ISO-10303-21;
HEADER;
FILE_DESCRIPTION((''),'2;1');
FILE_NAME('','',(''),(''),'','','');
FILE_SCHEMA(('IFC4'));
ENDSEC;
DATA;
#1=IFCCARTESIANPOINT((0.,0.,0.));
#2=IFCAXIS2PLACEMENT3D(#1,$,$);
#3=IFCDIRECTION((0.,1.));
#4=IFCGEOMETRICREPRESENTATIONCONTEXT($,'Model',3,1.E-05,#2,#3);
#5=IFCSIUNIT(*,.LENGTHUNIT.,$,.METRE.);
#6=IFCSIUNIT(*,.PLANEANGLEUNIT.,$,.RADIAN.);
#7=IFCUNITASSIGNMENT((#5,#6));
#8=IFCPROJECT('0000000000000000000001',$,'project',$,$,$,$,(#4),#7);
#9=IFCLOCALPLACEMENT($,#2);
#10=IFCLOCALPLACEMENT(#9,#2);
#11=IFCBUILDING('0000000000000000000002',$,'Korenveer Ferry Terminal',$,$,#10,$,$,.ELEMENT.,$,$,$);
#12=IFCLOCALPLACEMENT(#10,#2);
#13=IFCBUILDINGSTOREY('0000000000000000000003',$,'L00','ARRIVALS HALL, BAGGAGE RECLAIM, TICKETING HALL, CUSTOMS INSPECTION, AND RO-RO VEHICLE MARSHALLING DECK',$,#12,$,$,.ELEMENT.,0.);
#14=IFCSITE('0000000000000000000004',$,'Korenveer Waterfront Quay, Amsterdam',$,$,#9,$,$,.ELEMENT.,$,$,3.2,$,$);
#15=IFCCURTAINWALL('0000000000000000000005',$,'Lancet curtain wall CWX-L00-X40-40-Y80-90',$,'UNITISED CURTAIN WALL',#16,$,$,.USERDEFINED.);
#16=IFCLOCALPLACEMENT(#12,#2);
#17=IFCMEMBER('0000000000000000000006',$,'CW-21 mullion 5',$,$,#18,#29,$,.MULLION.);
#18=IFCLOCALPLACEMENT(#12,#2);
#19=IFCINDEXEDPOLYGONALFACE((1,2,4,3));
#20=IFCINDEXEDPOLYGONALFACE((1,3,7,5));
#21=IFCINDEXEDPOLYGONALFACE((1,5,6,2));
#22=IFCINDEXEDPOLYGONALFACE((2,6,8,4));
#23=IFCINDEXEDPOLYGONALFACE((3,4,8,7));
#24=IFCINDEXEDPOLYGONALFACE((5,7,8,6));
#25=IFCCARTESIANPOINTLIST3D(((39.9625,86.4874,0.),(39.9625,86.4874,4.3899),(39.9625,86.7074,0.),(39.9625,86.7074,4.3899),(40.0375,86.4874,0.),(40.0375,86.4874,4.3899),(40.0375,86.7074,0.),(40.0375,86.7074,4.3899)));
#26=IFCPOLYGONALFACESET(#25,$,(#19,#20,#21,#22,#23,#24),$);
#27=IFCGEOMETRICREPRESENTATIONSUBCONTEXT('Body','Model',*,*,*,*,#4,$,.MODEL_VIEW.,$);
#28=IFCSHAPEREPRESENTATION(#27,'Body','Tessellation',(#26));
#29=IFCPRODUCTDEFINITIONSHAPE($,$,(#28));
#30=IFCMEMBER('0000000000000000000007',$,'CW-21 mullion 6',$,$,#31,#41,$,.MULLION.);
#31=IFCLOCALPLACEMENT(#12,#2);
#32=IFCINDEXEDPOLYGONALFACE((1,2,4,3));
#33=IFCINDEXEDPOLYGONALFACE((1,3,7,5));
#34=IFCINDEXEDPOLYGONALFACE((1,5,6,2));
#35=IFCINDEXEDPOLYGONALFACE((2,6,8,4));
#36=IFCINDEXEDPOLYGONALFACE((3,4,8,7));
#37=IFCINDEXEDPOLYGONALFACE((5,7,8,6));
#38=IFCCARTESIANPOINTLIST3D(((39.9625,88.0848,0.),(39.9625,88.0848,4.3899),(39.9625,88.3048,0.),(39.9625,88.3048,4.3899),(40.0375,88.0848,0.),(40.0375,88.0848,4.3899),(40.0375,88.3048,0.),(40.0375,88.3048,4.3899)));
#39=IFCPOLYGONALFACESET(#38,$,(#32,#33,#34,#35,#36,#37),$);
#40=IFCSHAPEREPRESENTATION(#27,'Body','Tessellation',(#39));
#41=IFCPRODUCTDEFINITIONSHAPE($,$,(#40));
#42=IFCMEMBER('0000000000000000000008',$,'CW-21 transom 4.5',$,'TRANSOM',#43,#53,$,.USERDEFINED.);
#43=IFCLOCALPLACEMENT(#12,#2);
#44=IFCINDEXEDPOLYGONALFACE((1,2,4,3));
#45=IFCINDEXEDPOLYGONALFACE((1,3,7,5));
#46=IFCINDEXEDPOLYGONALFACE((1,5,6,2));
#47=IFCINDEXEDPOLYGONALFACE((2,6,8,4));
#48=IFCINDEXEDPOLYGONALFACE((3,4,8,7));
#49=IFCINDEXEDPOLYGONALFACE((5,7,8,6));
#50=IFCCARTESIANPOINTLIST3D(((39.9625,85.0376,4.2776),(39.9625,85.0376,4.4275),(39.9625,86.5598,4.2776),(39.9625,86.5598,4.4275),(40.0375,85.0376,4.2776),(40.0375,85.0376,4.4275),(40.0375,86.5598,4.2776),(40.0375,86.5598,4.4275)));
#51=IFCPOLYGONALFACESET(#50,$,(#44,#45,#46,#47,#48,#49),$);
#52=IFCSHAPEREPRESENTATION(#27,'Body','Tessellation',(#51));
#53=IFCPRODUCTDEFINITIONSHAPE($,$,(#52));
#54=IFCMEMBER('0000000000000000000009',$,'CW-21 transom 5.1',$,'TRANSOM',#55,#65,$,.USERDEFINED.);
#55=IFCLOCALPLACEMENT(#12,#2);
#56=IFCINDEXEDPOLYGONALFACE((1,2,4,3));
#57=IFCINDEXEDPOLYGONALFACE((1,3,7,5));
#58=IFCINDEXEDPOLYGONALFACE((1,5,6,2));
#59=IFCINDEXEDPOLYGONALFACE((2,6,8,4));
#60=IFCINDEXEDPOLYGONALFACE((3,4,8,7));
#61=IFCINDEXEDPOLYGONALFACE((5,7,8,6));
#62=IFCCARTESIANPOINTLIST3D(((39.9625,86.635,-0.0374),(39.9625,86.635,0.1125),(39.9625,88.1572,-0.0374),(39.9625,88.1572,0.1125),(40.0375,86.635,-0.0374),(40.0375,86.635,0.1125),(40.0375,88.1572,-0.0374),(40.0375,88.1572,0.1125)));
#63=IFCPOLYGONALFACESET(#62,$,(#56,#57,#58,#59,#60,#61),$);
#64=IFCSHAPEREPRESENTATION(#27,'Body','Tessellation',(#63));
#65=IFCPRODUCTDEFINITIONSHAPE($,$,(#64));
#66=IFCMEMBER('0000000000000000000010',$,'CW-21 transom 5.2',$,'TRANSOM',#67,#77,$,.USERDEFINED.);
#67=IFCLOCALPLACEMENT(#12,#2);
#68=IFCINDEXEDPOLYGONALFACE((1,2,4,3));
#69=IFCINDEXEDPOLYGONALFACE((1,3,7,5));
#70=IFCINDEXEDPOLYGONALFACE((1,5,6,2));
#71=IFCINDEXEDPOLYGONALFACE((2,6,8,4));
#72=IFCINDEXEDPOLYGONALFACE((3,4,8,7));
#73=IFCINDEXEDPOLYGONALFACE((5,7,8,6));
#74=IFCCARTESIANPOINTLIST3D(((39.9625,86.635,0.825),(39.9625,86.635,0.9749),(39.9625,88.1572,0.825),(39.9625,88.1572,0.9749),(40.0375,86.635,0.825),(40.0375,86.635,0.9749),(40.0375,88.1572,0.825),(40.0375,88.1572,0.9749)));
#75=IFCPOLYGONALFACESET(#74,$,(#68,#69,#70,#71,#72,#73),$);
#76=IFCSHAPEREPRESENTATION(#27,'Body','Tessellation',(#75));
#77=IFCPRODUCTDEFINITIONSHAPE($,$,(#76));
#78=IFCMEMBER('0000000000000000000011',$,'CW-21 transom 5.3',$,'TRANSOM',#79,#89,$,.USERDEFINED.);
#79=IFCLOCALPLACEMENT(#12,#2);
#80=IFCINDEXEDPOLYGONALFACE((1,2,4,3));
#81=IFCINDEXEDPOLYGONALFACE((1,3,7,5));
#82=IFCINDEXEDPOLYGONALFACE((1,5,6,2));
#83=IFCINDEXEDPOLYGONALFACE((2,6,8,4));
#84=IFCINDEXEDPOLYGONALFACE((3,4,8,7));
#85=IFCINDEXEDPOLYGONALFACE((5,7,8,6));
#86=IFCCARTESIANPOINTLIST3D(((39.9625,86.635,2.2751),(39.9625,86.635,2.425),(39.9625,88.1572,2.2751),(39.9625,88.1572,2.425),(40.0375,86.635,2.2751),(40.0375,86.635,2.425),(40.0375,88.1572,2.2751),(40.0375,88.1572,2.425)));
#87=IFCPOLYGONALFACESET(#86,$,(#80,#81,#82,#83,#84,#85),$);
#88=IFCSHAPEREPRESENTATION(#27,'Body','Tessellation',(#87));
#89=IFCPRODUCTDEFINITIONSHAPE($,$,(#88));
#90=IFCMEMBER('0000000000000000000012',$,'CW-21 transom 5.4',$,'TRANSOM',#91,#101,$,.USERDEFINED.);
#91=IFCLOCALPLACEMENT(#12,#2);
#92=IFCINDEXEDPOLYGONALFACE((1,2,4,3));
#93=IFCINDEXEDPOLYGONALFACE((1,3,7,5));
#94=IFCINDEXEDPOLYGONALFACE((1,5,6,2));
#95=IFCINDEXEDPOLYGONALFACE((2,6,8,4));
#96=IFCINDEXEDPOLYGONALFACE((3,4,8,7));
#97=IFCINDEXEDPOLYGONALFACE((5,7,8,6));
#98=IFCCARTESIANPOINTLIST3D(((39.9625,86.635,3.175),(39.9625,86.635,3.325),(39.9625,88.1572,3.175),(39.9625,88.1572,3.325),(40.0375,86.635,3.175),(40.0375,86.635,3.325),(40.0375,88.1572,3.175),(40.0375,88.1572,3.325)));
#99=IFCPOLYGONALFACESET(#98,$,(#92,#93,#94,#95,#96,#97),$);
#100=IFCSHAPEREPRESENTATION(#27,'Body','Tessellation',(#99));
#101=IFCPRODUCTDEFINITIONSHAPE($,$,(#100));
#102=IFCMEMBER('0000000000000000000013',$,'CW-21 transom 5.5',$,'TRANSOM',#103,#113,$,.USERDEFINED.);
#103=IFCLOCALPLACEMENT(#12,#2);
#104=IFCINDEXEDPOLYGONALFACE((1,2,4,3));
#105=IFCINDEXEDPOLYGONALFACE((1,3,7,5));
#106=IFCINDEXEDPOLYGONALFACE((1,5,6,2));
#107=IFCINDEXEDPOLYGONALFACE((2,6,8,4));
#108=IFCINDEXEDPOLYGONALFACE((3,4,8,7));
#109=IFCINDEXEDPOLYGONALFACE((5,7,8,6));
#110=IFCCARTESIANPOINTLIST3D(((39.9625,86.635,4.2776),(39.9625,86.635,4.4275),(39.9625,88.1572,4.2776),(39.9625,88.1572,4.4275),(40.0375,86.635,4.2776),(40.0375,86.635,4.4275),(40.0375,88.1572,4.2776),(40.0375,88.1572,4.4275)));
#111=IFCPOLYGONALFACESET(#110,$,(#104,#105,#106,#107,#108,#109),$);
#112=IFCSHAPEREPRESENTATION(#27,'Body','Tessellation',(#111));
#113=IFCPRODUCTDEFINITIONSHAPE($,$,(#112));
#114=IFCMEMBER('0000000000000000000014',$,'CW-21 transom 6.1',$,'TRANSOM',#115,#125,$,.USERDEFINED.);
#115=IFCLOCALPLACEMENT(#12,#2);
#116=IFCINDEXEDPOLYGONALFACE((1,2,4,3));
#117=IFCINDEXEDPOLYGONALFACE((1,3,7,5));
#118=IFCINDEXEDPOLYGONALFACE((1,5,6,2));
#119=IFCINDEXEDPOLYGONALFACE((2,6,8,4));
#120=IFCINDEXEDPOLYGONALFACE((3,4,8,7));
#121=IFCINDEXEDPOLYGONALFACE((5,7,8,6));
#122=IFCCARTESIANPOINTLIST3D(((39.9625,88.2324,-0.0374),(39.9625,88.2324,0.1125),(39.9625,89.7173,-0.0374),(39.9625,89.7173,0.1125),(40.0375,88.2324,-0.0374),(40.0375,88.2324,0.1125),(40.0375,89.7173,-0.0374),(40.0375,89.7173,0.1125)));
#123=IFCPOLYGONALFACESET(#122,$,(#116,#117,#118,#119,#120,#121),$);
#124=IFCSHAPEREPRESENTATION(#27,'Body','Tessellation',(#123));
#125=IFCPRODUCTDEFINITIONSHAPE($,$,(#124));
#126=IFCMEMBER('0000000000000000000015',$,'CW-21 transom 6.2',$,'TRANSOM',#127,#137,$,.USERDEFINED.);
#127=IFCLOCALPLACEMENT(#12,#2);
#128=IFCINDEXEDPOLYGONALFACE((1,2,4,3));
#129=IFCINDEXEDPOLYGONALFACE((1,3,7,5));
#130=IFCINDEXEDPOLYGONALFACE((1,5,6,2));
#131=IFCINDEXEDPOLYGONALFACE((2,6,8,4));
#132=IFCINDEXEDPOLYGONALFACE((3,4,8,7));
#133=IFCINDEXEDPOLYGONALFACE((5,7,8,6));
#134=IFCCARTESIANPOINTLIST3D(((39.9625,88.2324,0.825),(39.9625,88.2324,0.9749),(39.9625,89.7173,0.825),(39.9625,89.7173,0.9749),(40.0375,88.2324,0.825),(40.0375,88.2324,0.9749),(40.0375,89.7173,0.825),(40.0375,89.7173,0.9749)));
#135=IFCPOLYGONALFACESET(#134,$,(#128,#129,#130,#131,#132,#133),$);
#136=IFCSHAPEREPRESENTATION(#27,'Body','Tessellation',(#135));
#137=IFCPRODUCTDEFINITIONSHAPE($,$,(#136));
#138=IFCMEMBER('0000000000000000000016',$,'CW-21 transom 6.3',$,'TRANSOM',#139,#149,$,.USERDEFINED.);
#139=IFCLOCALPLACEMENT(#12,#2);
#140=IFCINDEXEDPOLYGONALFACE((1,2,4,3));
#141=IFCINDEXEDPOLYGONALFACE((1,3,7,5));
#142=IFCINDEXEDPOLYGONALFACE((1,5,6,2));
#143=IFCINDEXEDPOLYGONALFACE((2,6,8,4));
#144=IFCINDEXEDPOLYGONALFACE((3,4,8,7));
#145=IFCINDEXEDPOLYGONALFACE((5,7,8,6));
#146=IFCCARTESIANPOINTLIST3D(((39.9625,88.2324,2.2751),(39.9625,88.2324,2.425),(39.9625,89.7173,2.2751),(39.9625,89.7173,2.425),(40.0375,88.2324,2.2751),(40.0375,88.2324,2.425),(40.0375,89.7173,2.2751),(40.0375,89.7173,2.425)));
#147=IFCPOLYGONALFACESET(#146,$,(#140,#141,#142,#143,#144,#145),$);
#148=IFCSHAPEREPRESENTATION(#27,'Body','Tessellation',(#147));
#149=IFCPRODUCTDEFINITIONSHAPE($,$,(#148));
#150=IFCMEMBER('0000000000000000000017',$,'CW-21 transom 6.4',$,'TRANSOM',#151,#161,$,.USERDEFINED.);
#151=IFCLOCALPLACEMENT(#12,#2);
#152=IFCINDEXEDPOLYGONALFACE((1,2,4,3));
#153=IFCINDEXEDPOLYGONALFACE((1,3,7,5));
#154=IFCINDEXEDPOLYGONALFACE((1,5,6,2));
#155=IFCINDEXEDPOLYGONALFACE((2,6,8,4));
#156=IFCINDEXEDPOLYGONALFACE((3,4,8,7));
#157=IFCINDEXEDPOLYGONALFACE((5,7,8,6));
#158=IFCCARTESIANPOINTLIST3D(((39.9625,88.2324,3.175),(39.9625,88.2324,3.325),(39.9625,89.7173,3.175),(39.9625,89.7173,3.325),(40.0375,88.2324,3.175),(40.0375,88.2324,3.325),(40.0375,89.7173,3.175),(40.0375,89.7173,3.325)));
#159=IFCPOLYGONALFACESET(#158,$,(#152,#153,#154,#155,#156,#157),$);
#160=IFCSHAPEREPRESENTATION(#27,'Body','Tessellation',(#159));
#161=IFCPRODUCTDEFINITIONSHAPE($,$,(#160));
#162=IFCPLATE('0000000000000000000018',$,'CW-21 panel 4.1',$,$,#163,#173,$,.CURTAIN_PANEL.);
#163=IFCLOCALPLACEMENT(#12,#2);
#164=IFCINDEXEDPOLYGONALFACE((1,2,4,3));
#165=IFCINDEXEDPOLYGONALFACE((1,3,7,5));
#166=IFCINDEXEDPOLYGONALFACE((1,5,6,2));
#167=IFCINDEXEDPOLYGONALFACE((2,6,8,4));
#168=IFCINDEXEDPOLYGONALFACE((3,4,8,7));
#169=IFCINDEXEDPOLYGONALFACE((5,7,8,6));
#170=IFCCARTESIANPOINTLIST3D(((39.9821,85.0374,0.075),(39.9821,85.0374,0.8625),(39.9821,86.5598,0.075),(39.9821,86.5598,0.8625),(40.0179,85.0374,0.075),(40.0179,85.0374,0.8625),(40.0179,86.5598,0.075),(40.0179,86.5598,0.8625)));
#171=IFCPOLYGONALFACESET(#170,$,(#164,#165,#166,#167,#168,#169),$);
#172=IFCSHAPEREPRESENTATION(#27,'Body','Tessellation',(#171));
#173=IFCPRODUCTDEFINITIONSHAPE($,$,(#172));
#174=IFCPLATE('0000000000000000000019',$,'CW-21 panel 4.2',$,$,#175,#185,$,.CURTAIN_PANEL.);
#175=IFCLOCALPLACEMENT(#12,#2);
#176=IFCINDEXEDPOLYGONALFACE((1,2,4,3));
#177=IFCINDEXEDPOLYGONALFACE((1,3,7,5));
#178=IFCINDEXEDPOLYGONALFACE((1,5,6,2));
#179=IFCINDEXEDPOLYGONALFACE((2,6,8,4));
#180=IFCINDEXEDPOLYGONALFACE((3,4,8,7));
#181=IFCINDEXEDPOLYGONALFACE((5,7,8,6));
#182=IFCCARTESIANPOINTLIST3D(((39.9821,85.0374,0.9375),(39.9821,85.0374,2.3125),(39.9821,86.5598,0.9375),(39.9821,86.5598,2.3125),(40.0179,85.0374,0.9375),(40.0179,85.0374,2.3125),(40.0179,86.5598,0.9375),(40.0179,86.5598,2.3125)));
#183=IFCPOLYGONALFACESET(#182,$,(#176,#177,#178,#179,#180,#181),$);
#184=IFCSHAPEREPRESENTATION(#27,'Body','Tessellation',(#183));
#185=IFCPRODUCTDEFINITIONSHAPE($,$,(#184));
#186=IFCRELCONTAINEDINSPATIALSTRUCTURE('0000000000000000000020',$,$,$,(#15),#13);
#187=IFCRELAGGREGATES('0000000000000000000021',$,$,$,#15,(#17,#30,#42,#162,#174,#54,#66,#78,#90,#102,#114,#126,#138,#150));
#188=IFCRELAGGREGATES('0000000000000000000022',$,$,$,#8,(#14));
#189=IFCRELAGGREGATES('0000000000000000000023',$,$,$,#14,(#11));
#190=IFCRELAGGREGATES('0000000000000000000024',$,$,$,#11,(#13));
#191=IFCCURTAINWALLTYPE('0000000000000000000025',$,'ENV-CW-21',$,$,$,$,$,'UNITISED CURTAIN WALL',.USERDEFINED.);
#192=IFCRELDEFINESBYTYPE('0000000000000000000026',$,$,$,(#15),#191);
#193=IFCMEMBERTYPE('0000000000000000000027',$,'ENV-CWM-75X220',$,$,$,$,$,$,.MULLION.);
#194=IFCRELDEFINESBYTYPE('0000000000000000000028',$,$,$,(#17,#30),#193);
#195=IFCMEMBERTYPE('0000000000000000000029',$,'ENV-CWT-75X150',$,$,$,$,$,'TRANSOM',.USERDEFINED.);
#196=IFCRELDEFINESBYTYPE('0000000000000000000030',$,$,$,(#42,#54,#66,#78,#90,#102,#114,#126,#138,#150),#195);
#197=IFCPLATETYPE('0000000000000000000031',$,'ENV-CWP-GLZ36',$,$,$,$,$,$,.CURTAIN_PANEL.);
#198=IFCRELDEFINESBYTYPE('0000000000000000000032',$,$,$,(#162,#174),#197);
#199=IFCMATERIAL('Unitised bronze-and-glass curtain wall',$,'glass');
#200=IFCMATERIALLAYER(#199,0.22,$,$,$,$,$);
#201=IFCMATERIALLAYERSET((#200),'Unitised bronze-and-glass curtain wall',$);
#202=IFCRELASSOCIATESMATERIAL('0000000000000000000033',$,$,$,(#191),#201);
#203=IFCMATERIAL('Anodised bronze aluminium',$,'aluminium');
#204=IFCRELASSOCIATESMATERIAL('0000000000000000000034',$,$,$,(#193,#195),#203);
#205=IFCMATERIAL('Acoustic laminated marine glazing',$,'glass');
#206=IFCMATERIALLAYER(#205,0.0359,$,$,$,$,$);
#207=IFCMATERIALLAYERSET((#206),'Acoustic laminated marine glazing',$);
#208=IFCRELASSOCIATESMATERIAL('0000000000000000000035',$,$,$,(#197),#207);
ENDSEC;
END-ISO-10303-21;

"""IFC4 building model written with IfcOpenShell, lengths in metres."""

from ifc_helpers import new_model, si_unit, direction, frame, origin, origin_2d, place, context, subcontext, project, spatial, rectangle, extrude, material, layer, layer_set, material_profile, profile_set, type_object, element, aggregate, save


model = new_model("IFC4")

# Units and contexts
model_context = context("Model", 3, precision=1e-05, world=origin(), true_north=direction((0.0, 1.0)))
body_context = subcontext(model_context, "Body", "Model", "MODEL_VIEW")
ifc_project = project(units=[si_unit("LENGTHUNIT", "METRE"), si_unit("PLANEANGLEUNIT", "RADIAN")], contexts=[model_context])

# Site, building, storey
site_placement = place(None, origin())
site = spatial("IfcSite", under=ifc_project, at=site_placement, Name="Korenveer Waterfront Quay, Amsterdam", CompositionType="ELEMENT", RefElevation=3.2)
building_placement = place(site_placement, origin())
building = spatial("IfcBuilding", under=site, at=building_placement, Name="Korenveer Ferry Terminal", CompositionType="ELEMENT")
storey_placement = place(building_placement, origin())
storey = spatial("IfcBuildingStorey", under=building, at=storey_placement, Name="L00", Description="ARRIVALS HALL, BAGGAGE RECLAIM, TICKETING HALL, CUSTOMS INSPECTION, AND RO-RO VEHICLE MARSHALLING DECK", CompositionType="ELEMENT", Elevation=0.0)

# Curtain wall, members, plates
ifc_material_1 = material(Name="Unitised bronze-and-glass curtain wall", Category="glass")
ifc_layer_1 = layer(ifc_material_1, 0.22)
ifc_layer_set_1 = layer_set([ifc_layer_1], Name="Unitised bronze-and-glass curtain wall")
curtain_wall_type = type_object("IfcCurtainWallType", Name="ENV-CW-21", ElementType="UNITISED CURTAIN WALL", PredefinedType="USERDEFINED", material=ifc_layer_set_1)
curtain_wall_placement = place(storey_placement, frame((40.0, 80.2078, 0.0)))
curtain_wall = element("IfcCurtainWall", 1, at=curtain_wall_placement, inside=storey, type_object=curtain_wall_type, Name="Lancet curtain wall CWX-L00-X40-40-Y80-90", ObjectType="UNITISED CURTAIN WALL", PredefinedType="USERDEFINED")
ifc_material_2 = material(Name="Anodised bronze aluminium", Category="aluminium")
ifc_material_profile_1 = material_profile(ifc_material_2, rectangle(XDim=0.075, YDim=0.22, at=origin_2d()), Name="ALU 75x220")
ifc_profile_set_1 = profile_set([ifc_material_profile_1], Name="Anodised bronze aluminium")
member_type_1 = type_object("IfcMemberType", Name="ENV-CWM-75X220", PredefinedType="MULLION", material=ifc_profile_set_1)
member_1_placement = place(storey_placement, frame((40.0, 86.5974, 0.0), z_axis=(0.0, 0.0, 1.0), x_axis=(-1.0, 0.0, 0.0)))
member_1 = element("IfcMember", 2, at=member_1_placement, type_object=member_type_1, Name="CW-21 mullion 5", PredefinedType="MULLION", context=body_context, shape_type="SweptSolid", body=[
    extrude(rectangle(XDim=0.075, YDim=0.22, at=origin_2d()), origin(), (0.0, 0.0, 1.0), 4.3899),
])
member_2_placement = place(storey_placement, frame((40.0, 88.1948, 0.0), z_axis=(0.0, 0.0, 1.0), x_axis=(-1.0, 0.0, 0.0)))
member_2 = element("IfcMember", 3, at=member_2_placement, type_object=member_type_1, Name="CW-21 mullion 6", PredefinedType="MULLION", context=body_context, shape_type="SweptSolid", body=[
    extrude(rectangle(XDim=0.075, YDim=0.22, at=origin_2d()), origin(), (0.0, 0.0, 1.0), 4.3899),
])
ifc_material_profile_2 = material_profile(ifc_material_2, rectangle(XDim=0.075, YDim=0.1499, at=origin_2d()), Name="ALU 75x150")
ifc_profile_set_2 = profile_set([ifc_material_profile_2], Name="Anodised bronze aluminium")
member_type_2 = type_object("IfcMemberType", Name="ENV-CWT-75X150", ElementType="TRANSOM", PredefinedType="USERDEFINED", material=ifc_profile_set_2)
member_3_placement = place(storey_placement, frame((40.0, 85.0376, 4.3525), z_axis=(0.0, 1.0, 0.0), x_axis=(-1.0, 0.0, 0.0)))
member_3 = element("IfcMember", 4, at=member_3_placement, type_object=member_type_2, Name="CW-21 transom 4.5", ObjectType="TRANSOM", PredefinedType="USERDEFINED", context=body_context, shape_type="SweptSolid", body=[
    extrude(rectangle(XDim=0.075, YDim=0.1499, at=origin_2d()), origin(), (0.0, 0.0, 1.0), 1.5222),
])
member_4_placement = place(storey_placement, frame((40.0, 86.635, 0.0376), z_axis=(0.0, 1.0, 0.0), x_axis=(-1.0, 0.0, 0.0)))
member_4 = element("IfcMember", 5, at=member_4_placement, type_object=member_type_2, Name="CW-21 transom 5.1", ObjectType="TRANSOM", PredefinedType="USERDEFINED", context=body_context, shape_type="SweptSolid", body=[
    extrude(rectangle(XDim=0.075, YDim=0.1499, at=origin_2d()), origin(), (0.0, 0.0, 1.0), 1.5222),
])
member_5_placement = place(storey_placement, frame((40.0, 86.635, 0.8999), z_axis=(0.0, 1.0, 0.0), x_axis=(-1.0, 0.0, 0.0)))
member_5 = element("IfcMember", 6, at=member_5_placement, type_object=member_type_2, Name="CW-21 transom 5.2", ObjectType="TRANSOM", PredefinedType="USERDEFINED", context=body_context, shape_type="SweptSolid", body=[
    extrude(rectangle(XDim=0.075, YDim=0.1499, at=origin_2d()), origin(), (0.0, 0.0, 1.0), 1.5222),
])
member_6_placement = place(storey_placement, frame((40.0, 86.635, 2.3501), z_axis=(0.0, 1.0, 0.0), x_axis=(-1.0, 0.0, 0.0)))
member_6 = element("IfcMember", 7, at=member_6_placement, type_object=member_type_2, Name="CW-21 transom 5.3", ObjectType="TRANSOM", PredefinedType="USERDEFINED", context=body_context, shape_type="SweptSolid", body=[
    extrude(rectangle(XDim=0.075, YDim=0.1499, at=origin_2d()), origin(), (0.0, 0.0, 1.0), 1.5222),
])
member_7_placement = place(storey_placement, frame((40.0, 86.635, 3.25), z_axis=(0.0, 1.0, 0.0), x_axis=(-1.0, 0.0, 0.0)))
member_7 = element("IfcMember", 8, at=member_7_placement, type_object=member_type_2, Name="CW-21 transom 5.4", ObjectType="TRANSOM", PredefinedType="USERDEFINED", context=body_context, shape_type="SweptSolid", body=[
    extrude(rectangle(XDim=0.075, YDim=0.1499, at=origin_2d()), origin(), (0.0, 0.0, 1.0), 1.5222),
])
member_8_placement = place(storey_placement, frame((40.0, 86.635, 4.3525), z_axis=(0.0, 1.0, 0.0), x_axis=(-1.0, 0.0, 0.0)))
member_8 = element("IfcMember", 9, at=member_8_placement, type_object=member_type_2, Name="CW-21 transom 5.5", ObjectType="TRANSOM", PredefinedType="USERDEFINED", context=body_context, shape_type="SweptSolid", body=[
    extrude(rectangle(XDim=0.075, YDim=0.1499, at=origin_2d()), origin(), (0.0, 0.0, 1.0), 1.5222),
])
member_9_placement = place(storey_placement, frame((40.0, 88.2324, 0.0376), z_axis=(0.0, 1.0, 0.0), x_axis=(-1.0, 0.0, 0.0)))
member_9 = element("IfcMember", 10, at=member_9_placement, type_object=member_type_2, Name="CW-21 transom 6.1", ObjectType="TRANSOM", PredefinedType="USERDEFINED", context=body_context, shape_type="SweptSolid", body=[
    extrude(rectangle(XDim=0.075, YDim=0.1499, at=origin_2d()), origin(), (0.0, 0.0, 1.0), 1.4849),
])
member_10_placement = place(storey_placement, frame((40.0, 88.2324, 0.8999), z_axis=(0.0, 1.0, 0.0), x_axis=(-1.0, 0.0, 0.0)))
member_10 = element("IfcMember", 11, at=member_10_placement, type_object=member_type_2, Name="CW-21 transom 6.2", ObjectType="TRANSOM", PredefinedType="USERDEFINED", context=body_context, shape_type="SweptSolid", body=[
    extrude(rectangle(XDim=0.075, YDim=0.1499, at=origin_2d()), origin(), (0.0, 0.0, 1.0), 1.4849),
])
member_11_placement = place(storey_placement, frame((40.0, 88.2324, 2.3501), z_axis=(0.0, 1.0, 0.0), x_axis=(-1.0, 0.0, 0.0)))
member_11 = element("IfcMember", 12, at=member_11_placement, type_object=member_type_2, Name="CW-21 transom 6.3", ObjectType="TRANSOM", PredefinedType="USERDEFINED", context=body_context, shape_type="SweptSolid", body=[
    extrude(rectangle(XDim=0.075, YDim=0.1499, at=origin_2d()), origin(), (0.0, 0.0, 1.0), 1.4849),
])
member_12_placement = place(storey_placement, frame((40.0, 88.2324, 3.25), z_axis=(0.0, 1.0, 0.0), x_axis=(-1.0, 0.0, 0.0)))
member_12 = element("IfcMember", 13, at=member_12_placement, type_object=member_type_2, Name="CW-21 transom 6.4", ObjectType="TRANSOM", PredefinedType="USERDEFINED", context=body_context, shape_type="SweptSolid", body=[
    extrude(rectangle(XDim=0.075, YDim=0.1499, at=origin_2d()), origin(), (0.0, 0.0, 1.0), 1.4849),
])
ifc_material_3 = material(Name="Acoustic laminated marine glazing", Category="glass")
ifc_layer_2 = layer(ifc_material_3, 0.0359)
ifc_layer_set_2 = layer_set([ifc_layer_2], Name="Acoustic laminated marine glazing")
plate_type = type_object("IfcPlateType", Name="ENV-CWP-GLZ36", PredefinedType="CURTAIN_PANEL", material=ifc_layer_set_2)
plate_1_placement = place(storey_placement, frame((40.0, 85.7986, 0.075), z_axis=(0.0, 0.0, 1.0), x_axis=(0.0, 1.0, 0.0)))
plate_1 = element("IfcPlate", 14, at=plate_1_placement, type_object=plate_type, Name="CW-21 panel 4.1", PredefinedType="CURTAIN_PANEL", context=body_context, shape_type="SweptSolid", body=[
    extrude(rectangle(XDim=1.5225, YDim=0.0359, at=origin_2d()), origin(), (0.0, 0.0, 1.0), 0.7876),
])
plate_2_placement = place(storey_placement, frame((40.0, 85.7986, 0.9375), z_axis=(0.0, 0.0, 1.0), x_axis=(0.0, 1.0, 0.0)))
plate_2 = element("IfcPlate", 15, at=plate_2_placement, type_object=plate_type, Name="CW-21 panel 4.2", PredefinedType="CURTAIN_PANEL", context=body_context, shape_type="SweptSolid", body=[
    extrude(rectangle(XDim=1.5225, YDim=0.0359, at=origin_2d()), origin(), (0.0, 0.0, 1.0), 1.375),
])
aggregate(curtain_wall, [member_1, member_2, member_3, plate_1, plate_2, member_4, member_5, member_6, member_7, member_8, member_9, member_10, member_11, member_12])

save(model, "model.ifc")
